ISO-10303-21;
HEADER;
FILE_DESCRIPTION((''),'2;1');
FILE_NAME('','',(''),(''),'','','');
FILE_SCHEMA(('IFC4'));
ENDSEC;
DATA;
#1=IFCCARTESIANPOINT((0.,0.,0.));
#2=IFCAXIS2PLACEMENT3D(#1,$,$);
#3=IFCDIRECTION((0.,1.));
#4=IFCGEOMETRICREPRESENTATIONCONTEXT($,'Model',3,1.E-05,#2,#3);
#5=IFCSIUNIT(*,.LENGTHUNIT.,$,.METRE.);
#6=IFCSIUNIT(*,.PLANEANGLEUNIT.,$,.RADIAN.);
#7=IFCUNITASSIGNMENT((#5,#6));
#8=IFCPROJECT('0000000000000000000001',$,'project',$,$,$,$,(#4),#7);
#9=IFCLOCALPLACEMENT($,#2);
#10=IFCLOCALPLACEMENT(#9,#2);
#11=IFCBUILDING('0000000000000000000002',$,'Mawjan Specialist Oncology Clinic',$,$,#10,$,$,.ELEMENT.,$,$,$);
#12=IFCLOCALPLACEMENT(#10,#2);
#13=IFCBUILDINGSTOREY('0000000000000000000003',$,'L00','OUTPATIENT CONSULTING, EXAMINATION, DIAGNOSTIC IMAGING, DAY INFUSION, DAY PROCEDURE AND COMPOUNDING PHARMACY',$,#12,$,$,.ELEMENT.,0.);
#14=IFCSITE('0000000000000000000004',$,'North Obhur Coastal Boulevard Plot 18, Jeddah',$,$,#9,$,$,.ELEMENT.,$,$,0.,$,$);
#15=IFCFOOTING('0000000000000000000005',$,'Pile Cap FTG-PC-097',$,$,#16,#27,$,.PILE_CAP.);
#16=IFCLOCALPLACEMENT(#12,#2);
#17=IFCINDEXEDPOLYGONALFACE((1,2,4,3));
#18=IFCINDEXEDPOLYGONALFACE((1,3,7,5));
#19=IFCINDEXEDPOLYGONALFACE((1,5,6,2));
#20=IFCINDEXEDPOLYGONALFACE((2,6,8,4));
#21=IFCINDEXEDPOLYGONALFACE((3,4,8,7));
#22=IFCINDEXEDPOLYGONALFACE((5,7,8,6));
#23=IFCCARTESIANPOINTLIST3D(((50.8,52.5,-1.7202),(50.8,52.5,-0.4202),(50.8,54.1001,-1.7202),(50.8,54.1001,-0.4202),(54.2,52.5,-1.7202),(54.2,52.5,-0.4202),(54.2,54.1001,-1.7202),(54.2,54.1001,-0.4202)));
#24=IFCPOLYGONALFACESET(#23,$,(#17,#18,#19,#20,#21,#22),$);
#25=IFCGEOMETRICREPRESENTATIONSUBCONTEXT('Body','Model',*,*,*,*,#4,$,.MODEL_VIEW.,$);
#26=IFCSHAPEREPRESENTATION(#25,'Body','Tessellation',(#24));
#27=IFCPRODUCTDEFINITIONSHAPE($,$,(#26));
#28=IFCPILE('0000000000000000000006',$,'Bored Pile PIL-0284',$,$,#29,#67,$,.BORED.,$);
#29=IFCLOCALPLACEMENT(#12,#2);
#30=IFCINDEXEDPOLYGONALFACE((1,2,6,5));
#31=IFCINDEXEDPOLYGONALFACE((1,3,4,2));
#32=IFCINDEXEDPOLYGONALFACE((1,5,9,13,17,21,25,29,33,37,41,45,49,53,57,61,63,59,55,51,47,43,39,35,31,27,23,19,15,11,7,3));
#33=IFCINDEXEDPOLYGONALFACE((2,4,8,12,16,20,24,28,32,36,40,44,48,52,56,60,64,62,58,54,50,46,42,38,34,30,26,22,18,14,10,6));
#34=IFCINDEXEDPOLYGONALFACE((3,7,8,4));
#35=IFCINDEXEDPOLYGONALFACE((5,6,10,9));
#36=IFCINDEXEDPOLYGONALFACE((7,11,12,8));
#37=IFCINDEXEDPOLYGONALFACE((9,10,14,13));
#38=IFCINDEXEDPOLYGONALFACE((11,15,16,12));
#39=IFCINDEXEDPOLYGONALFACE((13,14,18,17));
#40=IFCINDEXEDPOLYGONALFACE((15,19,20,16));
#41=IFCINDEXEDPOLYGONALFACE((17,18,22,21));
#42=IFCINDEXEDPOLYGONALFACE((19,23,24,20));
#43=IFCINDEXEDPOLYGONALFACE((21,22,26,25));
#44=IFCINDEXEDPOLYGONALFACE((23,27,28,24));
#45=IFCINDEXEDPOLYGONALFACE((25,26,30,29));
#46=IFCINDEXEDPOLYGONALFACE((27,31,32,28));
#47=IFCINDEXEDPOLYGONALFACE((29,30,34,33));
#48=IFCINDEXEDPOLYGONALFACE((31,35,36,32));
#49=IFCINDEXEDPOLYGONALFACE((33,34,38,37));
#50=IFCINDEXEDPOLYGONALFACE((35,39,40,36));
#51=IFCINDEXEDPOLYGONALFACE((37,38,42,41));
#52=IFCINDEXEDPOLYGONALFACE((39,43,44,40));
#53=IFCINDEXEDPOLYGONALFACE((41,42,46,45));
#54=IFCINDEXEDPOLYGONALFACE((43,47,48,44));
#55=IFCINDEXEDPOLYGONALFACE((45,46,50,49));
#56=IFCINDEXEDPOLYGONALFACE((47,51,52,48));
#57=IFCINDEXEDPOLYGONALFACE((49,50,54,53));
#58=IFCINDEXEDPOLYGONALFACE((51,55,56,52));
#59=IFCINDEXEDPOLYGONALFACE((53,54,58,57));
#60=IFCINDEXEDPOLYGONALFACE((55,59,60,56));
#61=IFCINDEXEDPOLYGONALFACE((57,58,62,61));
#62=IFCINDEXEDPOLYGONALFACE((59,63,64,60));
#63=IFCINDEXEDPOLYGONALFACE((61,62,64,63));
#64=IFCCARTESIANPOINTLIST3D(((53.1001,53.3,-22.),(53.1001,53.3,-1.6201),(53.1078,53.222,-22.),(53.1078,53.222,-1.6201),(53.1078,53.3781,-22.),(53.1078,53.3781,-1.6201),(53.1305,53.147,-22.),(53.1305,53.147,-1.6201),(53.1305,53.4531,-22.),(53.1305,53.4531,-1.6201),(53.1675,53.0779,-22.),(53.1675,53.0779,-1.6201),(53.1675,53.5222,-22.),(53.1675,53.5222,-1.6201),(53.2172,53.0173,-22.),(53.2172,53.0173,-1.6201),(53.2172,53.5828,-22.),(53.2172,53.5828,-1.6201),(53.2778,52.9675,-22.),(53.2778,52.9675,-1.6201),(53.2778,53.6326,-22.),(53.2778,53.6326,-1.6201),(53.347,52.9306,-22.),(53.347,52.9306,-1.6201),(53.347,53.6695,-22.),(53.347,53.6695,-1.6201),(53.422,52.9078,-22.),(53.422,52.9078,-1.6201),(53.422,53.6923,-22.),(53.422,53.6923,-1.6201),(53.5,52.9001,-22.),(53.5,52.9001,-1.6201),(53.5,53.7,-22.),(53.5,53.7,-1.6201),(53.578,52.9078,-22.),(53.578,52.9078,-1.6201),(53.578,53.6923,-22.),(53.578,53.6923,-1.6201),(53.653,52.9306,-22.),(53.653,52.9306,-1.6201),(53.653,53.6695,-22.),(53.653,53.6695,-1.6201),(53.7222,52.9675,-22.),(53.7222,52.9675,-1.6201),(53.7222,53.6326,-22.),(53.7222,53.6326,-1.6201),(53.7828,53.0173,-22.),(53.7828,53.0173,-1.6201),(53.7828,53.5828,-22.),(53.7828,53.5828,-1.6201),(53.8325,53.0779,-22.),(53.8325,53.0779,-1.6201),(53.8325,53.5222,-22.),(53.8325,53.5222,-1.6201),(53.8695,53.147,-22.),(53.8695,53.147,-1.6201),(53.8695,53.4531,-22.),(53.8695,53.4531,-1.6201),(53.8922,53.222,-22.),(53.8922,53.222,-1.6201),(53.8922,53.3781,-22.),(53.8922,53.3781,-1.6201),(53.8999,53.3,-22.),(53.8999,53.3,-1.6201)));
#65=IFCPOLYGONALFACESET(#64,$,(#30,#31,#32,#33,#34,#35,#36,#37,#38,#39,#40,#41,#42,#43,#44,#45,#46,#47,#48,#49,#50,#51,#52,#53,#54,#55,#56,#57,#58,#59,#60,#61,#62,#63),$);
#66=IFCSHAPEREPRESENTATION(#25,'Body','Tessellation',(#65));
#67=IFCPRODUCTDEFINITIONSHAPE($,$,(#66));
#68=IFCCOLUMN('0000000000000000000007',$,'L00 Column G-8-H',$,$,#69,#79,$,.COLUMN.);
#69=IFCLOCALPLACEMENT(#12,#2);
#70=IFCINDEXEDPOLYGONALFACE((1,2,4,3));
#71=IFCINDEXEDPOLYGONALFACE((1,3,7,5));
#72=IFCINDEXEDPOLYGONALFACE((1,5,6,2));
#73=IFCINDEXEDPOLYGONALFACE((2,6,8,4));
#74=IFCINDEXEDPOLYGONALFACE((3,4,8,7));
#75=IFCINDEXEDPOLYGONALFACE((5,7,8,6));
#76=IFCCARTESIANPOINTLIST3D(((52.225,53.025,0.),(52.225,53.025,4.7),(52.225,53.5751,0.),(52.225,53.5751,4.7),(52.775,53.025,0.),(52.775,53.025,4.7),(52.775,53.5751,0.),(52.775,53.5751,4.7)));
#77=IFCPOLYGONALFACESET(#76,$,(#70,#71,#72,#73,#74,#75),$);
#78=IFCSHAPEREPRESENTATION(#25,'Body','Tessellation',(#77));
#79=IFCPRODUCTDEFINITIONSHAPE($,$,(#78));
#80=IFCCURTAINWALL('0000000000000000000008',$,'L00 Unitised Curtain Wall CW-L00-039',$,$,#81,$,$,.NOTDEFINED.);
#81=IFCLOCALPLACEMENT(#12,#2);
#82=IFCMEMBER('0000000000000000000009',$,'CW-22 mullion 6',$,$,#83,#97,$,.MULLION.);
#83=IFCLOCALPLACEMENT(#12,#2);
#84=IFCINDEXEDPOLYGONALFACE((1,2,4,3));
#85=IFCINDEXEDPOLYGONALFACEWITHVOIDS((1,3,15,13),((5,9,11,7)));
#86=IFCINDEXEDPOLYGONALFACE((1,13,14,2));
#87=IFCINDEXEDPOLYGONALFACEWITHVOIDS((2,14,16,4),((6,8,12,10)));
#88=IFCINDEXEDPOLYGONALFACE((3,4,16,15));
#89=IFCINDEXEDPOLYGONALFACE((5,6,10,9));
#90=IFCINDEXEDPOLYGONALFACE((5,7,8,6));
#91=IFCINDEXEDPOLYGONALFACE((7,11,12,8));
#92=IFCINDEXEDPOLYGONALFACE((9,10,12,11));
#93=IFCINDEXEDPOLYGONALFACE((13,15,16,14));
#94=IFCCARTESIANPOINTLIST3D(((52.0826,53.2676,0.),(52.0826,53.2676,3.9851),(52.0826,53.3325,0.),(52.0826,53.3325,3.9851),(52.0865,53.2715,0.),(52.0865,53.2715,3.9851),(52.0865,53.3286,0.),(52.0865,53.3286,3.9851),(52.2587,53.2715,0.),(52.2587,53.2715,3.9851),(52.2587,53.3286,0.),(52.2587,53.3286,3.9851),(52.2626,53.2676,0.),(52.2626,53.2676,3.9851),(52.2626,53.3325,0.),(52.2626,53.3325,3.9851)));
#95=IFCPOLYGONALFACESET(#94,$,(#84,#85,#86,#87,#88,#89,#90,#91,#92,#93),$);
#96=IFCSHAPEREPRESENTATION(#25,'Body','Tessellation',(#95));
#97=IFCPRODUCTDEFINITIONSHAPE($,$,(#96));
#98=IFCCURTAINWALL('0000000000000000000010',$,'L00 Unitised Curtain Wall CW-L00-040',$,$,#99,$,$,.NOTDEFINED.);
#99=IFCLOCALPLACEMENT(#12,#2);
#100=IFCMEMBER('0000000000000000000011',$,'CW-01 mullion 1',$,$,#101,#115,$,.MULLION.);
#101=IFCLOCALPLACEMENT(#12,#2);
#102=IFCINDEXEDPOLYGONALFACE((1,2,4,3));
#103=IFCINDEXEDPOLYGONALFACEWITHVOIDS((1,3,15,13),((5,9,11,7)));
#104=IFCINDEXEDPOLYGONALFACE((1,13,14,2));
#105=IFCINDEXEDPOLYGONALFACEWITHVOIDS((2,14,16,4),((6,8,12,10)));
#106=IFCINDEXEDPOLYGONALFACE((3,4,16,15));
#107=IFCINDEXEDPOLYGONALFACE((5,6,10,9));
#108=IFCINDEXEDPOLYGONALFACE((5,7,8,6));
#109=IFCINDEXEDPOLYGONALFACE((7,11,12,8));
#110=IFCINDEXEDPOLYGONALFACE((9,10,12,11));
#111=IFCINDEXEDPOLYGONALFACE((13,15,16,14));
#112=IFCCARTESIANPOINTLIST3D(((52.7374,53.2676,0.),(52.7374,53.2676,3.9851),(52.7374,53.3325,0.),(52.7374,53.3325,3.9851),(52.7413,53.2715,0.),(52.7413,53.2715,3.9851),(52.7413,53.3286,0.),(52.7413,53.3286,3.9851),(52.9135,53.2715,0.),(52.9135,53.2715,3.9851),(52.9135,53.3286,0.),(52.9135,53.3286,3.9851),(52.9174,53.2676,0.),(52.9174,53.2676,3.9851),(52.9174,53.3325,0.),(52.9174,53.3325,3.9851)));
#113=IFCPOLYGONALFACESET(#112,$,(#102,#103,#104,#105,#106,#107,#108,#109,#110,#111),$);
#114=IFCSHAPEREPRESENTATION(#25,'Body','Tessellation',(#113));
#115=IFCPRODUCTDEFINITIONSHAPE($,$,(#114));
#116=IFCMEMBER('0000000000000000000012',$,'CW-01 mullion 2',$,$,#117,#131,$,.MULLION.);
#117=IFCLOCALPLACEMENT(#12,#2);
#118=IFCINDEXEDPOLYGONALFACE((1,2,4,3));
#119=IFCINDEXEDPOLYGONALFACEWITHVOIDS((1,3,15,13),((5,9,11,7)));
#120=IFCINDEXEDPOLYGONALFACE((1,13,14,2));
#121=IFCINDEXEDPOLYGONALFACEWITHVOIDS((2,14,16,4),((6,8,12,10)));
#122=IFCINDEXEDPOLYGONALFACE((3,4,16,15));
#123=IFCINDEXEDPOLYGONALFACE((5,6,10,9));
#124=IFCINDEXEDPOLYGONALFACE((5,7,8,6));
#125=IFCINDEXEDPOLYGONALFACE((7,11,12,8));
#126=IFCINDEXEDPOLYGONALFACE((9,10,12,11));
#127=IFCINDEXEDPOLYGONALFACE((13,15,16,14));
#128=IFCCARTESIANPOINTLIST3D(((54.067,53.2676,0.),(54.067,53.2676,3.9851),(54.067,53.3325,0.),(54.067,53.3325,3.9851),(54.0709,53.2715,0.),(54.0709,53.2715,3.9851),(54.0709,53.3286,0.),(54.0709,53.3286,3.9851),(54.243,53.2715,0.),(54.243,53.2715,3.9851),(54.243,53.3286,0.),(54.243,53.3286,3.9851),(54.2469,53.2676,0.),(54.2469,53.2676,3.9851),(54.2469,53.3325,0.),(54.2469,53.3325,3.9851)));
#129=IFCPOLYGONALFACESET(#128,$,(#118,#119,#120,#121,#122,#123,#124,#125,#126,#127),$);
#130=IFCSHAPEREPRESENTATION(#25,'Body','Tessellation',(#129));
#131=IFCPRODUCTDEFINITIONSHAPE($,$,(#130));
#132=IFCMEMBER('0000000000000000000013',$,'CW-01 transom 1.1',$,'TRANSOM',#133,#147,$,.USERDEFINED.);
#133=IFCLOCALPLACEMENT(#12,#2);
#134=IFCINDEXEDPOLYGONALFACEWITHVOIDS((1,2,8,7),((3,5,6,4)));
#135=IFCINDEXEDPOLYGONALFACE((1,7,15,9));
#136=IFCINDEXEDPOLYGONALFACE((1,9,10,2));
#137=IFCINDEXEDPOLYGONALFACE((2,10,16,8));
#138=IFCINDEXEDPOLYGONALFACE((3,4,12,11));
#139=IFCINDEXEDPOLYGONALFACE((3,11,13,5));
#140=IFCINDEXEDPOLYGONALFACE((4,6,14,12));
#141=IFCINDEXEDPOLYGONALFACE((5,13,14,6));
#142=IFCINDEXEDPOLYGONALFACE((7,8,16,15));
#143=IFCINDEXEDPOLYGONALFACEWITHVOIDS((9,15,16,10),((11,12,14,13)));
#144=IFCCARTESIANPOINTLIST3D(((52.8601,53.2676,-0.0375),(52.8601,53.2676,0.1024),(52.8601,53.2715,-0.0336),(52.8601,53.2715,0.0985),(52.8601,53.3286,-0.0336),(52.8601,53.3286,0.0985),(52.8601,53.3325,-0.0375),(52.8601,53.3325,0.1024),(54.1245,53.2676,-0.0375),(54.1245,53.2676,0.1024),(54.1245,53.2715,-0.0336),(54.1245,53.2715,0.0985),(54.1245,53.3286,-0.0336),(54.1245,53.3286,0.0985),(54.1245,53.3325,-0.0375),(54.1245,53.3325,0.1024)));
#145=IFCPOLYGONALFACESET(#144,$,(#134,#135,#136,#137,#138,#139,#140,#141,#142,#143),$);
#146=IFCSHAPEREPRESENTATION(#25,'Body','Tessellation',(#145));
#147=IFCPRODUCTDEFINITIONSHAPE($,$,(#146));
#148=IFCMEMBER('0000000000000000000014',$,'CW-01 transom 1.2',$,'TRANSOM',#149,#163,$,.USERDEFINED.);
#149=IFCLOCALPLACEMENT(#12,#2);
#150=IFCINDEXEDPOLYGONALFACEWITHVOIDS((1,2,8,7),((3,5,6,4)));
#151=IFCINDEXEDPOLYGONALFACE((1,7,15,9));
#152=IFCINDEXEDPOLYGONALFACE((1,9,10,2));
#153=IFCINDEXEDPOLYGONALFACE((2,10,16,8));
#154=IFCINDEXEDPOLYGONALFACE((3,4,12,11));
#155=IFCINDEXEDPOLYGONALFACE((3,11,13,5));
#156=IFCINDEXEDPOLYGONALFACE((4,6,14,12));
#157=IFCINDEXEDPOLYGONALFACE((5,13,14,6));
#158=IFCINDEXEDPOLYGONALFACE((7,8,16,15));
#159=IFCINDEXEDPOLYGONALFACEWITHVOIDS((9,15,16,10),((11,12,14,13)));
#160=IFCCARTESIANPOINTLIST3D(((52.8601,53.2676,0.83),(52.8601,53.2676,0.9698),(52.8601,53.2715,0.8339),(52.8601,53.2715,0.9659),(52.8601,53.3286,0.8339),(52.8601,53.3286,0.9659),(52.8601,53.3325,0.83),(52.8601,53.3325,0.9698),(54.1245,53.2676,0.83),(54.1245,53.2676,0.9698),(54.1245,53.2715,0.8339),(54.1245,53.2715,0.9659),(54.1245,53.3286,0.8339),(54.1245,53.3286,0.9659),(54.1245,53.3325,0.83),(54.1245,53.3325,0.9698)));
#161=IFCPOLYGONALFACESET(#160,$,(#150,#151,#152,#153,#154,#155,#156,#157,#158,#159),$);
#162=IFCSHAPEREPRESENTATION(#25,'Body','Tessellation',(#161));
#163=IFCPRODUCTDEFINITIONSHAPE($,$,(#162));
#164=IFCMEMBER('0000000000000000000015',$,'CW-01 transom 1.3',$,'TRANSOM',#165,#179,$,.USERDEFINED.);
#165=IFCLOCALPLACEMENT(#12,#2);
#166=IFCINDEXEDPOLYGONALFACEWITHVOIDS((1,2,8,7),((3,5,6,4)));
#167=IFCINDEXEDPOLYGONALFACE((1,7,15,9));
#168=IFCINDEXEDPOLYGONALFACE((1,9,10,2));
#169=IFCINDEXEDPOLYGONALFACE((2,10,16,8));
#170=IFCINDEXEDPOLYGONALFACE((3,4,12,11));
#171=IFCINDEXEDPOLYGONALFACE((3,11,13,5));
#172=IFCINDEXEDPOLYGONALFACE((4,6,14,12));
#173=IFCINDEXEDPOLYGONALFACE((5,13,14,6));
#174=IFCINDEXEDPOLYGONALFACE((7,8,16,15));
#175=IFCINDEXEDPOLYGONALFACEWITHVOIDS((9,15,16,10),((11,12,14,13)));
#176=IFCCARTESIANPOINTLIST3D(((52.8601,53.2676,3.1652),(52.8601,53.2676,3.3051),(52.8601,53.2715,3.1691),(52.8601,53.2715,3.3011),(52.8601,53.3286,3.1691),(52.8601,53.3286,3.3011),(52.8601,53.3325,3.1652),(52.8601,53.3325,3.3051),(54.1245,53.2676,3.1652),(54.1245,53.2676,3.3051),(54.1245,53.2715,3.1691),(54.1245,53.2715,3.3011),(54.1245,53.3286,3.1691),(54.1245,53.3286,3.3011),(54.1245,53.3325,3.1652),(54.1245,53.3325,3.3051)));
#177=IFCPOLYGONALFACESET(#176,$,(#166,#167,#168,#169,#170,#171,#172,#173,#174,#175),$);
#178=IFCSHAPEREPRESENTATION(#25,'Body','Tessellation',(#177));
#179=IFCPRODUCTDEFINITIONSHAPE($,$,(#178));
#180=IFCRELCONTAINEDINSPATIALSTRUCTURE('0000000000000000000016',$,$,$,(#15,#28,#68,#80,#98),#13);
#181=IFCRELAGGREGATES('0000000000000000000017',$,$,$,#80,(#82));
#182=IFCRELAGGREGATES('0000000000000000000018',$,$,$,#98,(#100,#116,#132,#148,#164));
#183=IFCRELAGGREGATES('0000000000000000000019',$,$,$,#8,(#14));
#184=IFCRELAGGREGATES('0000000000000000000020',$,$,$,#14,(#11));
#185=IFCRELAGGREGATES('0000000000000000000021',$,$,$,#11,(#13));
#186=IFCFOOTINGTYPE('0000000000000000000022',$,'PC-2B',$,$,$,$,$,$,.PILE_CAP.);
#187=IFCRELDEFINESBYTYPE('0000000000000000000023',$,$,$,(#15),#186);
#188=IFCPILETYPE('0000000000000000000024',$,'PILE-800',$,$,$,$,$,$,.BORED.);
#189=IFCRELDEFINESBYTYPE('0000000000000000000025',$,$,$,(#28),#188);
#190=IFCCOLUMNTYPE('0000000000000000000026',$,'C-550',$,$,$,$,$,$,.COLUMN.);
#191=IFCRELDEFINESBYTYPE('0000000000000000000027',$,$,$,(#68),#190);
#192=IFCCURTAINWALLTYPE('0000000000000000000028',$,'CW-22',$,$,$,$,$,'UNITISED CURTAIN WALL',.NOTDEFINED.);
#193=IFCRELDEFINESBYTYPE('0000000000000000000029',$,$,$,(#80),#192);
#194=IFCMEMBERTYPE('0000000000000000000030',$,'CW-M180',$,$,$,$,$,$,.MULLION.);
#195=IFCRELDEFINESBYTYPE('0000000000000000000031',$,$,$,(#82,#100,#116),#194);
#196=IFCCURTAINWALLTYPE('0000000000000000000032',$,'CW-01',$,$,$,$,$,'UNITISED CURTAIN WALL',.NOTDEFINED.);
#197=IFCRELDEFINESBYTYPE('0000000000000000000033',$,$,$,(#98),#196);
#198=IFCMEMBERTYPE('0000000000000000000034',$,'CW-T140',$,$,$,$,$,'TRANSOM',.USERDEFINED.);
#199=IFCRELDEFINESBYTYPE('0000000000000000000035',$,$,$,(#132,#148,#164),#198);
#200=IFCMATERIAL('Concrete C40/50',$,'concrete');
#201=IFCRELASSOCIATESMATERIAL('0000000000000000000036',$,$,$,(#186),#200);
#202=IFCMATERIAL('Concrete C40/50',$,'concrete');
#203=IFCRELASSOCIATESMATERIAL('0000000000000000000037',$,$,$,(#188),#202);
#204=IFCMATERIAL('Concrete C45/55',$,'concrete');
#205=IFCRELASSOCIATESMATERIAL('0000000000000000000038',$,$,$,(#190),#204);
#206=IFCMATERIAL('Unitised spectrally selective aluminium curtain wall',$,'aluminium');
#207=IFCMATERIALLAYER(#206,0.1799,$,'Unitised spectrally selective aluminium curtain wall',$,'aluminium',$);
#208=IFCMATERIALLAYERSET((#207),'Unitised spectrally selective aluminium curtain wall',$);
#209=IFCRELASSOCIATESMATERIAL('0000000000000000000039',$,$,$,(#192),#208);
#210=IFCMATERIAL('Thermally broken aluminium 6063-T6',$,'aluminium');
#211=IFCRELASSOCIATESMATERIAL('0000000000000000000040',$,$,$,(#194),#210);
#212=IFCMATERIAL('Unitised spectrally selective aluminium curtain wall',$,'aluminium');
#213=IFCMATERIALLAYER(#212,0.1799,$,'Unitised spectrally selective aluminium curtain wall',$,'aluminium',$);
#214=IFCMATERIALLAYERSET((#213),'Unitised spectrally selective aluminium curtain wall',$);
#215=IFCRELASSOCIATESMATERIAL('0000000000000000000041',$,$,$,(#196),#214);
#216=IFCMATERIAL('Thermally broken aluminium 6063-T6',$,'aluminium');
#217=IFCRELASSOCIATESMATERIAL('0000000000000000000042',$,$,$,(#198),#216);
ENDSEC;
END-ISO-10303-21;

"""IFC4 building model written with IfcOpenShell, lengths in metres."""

from ifc_helpers import new_model, si_unit, direction, frame, origin, origin_2d, place, context, subcontext, project, spatial, rectangle, hollow_rectangle, circle, extrude, material, layer, layer_set, material_profile, profile_set, type_object, element, aggregate, save


model = new_model("IFC4")

# Units and contexts
model_context = context("Model", 3, precision=1e-05, world=origin(), true_north=direction((0.0, 1.0)))
body_context = subcontext(model_context, "Body", "Model", "MODEL_VIEW")
ifc_project = project(units=[si_unit("LENGTHUNIT", "METRE"), si_unit("PLANEANGLEUNIT", "RADIAN")], contexts=[model_context])

# Site, building, storey
site_placement = place(None, origin())
site = spatial("IfcSite", under=ifc_project, at=site_placement, Name="North Obhur Coastal Boulevard Plot 18, Jeddah", CompositionType="ELEMENT", RefElevation=0.0)
building_placement = place(site_placement, origin())
building = spatial("IfcBuilding", under=site, at=building_placement, Name="Mawjan Specialist Oncology Clinic", CompositionType="ELEMENT")
storey_placement = place(building_placement, origin())
storey = spatial("IfcBuildingStorey", under=building, at=storey_placement, Name="L00", Description="OUTPATIENT CONSULTING, EXAMINATION, DIAGNOSTIC IMAGING, DAY INFUSION, DAY PROCEDURE AND COMPOUNDING PHARMACY", CompositionType="ELEMENT", Elevation=0.0)

# Footing
ifc_material_1 = material(Name="Concrete C40/50", Category="concrete")
footing_type = type_object("IfcFootingType", Name="PC-2B", PredefinedType="PILE_CAP", material=ifc_material_1)
footing_placement = place(storey_placement, frame((52.5, 53.3, -1.7202), z_axis=(0.0, 0.0, 1.0), x_axis=(1.0, 0.0, 0.0)))
element("IfcFooting", 1, at=footing_placement, inside=storey, type_object=footing_type, Name="Pile Cap FTG-PC-097", PredefinedType="PILE_CAP", context=body_context, shape_type="SweptSolid", body=[
    extrude(rectangle(XDim=3.3999, YDim=1.6001, at=origin_2d()), origin(), (0.0, 0.0, 1.0), 1.3),
])

# Pile
ifc_material_2 = material(Name="Concrete C40/50", Category="concrete")
ifc_material_profile_1 = material_profile(ifc_material_2, circle(Radius=0.3999, at=origin_2d()), Name="BORED PILE D800", Category="concrete")
ifc_profile_set_1 = profile_set([ifc_material_profile_1], Name="Concrete C40/50")
pile_type = type_object("IfcPileType", Name="PILE-800", PredefinedType="BORED", material=ifc_profile_set_1)
pile_placement = place(storey_placement, frame((53.5, 53.3, -1.6201), z_axis=(0.0, 0.0, -1.0), x_axis=(1.0, 0.0, 0.0)))
element("IfcPile", 2, at=pile_placement, inside=storey, type_object=pile_type, Name="Bored Pile PIL-0284", PredefinedType="BORED", context=body_context, shape_type="SweptSolid", body=[
    extrude(circle(Radius=0.3999, at=origin_2d()), origin(), (0.0, 0.0, 1.0), 20.3799),
])

# Column
ifc_material_3 = material(Name="Concrete C45/55", Category="concrete")
ifc_material_profile_2 = material_profile(ifc_material_3, rectangle(XDim=0.55, YDim=0.55, at=origin_2d()), Name="RC COL 550x550", Category="concrete")
ifc_profile_set_2 = profile_set([ifc_material_profile_2], Name="Concrete C45/55")
column_type = type_object("IfcColumnType", Name="C-550", PredefinedType="COLUMN", material=ifc_profile_set_2)
column_placement = place(storey_placement, frame((52.5, 53.3, 0.0), z_axis=(0.0, 0.0, 1.0), x_axis=(1.0, 0.0, 0.0)))
element("IfcColumn", 3, at=column_placement, inside=storey, type_object=column_type, Name="L00 Column G-8-H", PredefinedType="COLUMN", context=body_context, shape_type="SweptSolid", body=[
    extrude(rectangle(XDim=0.55, YDim=0.55, at=origin_2d()), origin(), (0.0, 0.0, 1.0), 4.7),
])

# Curtain wall, member
ifc_material_4 = material(Name="Unitised spectrally selective aluminium curtain wall", Category="aluminium")
ifc_layer_1 = layer(ifc_material_4, 0.1799, Name="Unitised spectrally selective aluminium curtain wall", Category="aluminium")
ifc_layer_set_1 = layer_set([ifc_layer_1], Name="Unitised spectrally selective aluminium curtain wall")
curtain_wall_type_1 = type_object("IfcCurtainWallType", Name="CW-22", ElementType="UNITISED CURTAIN WALL", PredefinedType="NOTDEFINED", material=ifc_layer_set_1)
curtain_wall_1_placement = place(storey_placement, origin())
curtain_wall_1 = element("IfcCurtainWall", 4, at=curtain_wall_1_placement, inside=storey, type_object=curtain_wall_type_1, Name="L00 Unitised Curtain Wall CW-L00-039", PredefinedType="NOTDEFINED")
ifc_material_5 = material(Name="Thermally broken aluminium 6063-T6", Category="aluminium")
ifc_material_profile_3 = material_profile(ifc_material_5, hollow_rectangle(XDim=0.0649, YDim=0.1799, WallThickness=0.0039, at=origin_2d()), Name="ALU MULLION 180x65x4", Category="aluminium")
ifc_profile_set_3 = profile_set([ifc_material_profile_3], Name="Thermally broken aluminium 6063-T6")
member_type_1 = type_object("IfcMemberType", Name="CW-M180", PredefinedType="MULLION", material=ifc_profile_set_3)
member_1_placement = place(storey_placement, frame((52.1726, 53.3, 0.0), z_axis=(0.0, 0.0, 1.0), x_axis=(0.0, 1.0, 0.0)))
member_1 = element("IfcMember", 5, at=member_1_placement, type_object=member_type_1, Name="CW-22 mullion 6", PredefinedType="MULLION", context=body_context, shape_type="SweptSolid", body=[
    extrude(hollow_rectangle(XDim=0.0649, YDim=0.1799, WallThickness=0.0039, at=origin_2d()), origin(), (0.0, 0.0, 1.0), 3.9851),
])

# Curtain wall, members
ifc_material_6 = material(Name="Unitised spectrally selective aluminium curtain wall", Category="aluminium")
ifc_layer_2 = layer(ifc_material_6, 0.1799, Name="Unitised spectrally selective aluminium curtain wall", Category="aluminium")
ifc_layer_set_2 = layer_set([ifc_layer_2], Name="Unitised spectrally selective aluminium curtain wall")
curtain_wall_type_2 = type_object("IfcCurtainWallType", Name="CW-01", ElementType="UNITISED CURTAIN WALL", PredefinedType="NOTDEFINED", material=ifc_layer_set_2)
curtain_wall_2_placement = place(storey_placement, origin())
curtain_wall_2 = element("IfcCurtainWall", 6, at=curtain_wall_2_placement, inside=storey, type_object=curtain_wall_type_2, Name="L00 Unitised Curtain Wall CW-L00-040", PredefinedType="NOTDEFINED")
member_2_placement = place(storey_placement, frame((52.8274, 53.3, 0.0), z_axis=(0.0, 0.0, 1.0), x_axis=(0.0, 1.0, 0.0)))
member_2 = element("IfcMember", 7, at=member_2_placement, type_object=member_type_1, Name="CW-01 mullion 1", PredefinedType="MULLION", context=body_context, shape_type="SweptSolid", body=[
    extrude(hollow_rectangle(XDim=0.0649, YDim=0.1799, WallThickness=0.0039, at=origin_2d()), origin(), (0.0, 0.0, 1.0), 3.9851),
])
member_3_placement = place(storey_placement, frame((54.157, 53.3, 0.0), z_axis=(0.0, 0.0, 1.0), x_axis=(0.0, 1.0, 0.0)))
member_3 = element("IfcMember", 8, at=member_3_placement, type_object=member_type_1, Name="CW-01 mullion 2", PredefinedType="MULLION", context=body_context, shape_type="SweptSolid", body=[
    extrude(hollow_rectangle(XDim=0.0649, YDim=0.1799, WallThickness=0.0039, at=origin_2d()), origin(), (0.0, 0.0, 1.0), 3.9851),
])
ifc_material_7 = material(Name="Thermally broken aluminium 6063-T6", Category="aluminium")
ifc_material_profile_4 = material_profile(ifc_material_7, hollow_rectangle(XDim=0.0649, YDim=0.1399, WallThickness=0.0039, at=origin_2d()), Name="ALU TRANSOM 140x65x4", Category="aluminium")
ifc_profile_set_4 = profile_set([ifc_material_profile_4], Name="Thermally broken aluminium 6063-T6")
member_type_2 = type_object("IfcMemberType", Name="CW-T140", ElementType="TRANSOM", PredefinedType="USERDEFINED", material=ifc_profile_set_4)
member_4_placement = place(storey_placement, frame((52.8601, 53.3, 0.0325), z_axis=(1.0, 0.0, 0.0), x_axis=(0.0, 1.0, 0.0)))
member_4 = element("IfcMember", 9, at=member_4_placement, type_object=member_type_2, Name="CW-01 transom 1.1", ObjectType="TRANSOM", PredefinedType="USERDEFINED", context=body_context, shape_type="SweptSolid", body=[
    extrude(hollow_rectangle(XDim=0.0649, YDim=0.1399, WallThickness=0.0039, at=origin_2d()), origin(), (0.0, 0.0, 1.0), 1.2644),
])
member_5_placement = place(storey_placement, frame((52.8601, 53.3, 0.8999), z_axis=(1.0, 0.0, 0.0), x_axis=(0.0, 1.0, 0.0)))
member_5 = element("IfcMember", 10, at=member_5_placement, type_object=member_type_2, Name="CW-01 transom 1.2", ObjectType="TRANSOM", PredefinedType="USERDEFINED", context=body_context, shape_type="SweptSolid", body=[
    extrude(hollow_rectangle(XDim=0.0649, YDim=0.1399, WallThickness=0.0039, at=origin_2d()), origin(), (0.0, 0.0, 1.0), 1.2644),
])
member_6_placement = place(storey_placement, frame((52.8601, 53.3, 3.2351), z_axis=(1.0, 0.0, 0.0), x_axis=(0.0, 1.0, 0.0)))
member_6 = element("IfcMember", 11, at=member_6_placement, type_object=member_type_2, Name="CW-01 transom 1.3", ObjectType="TRANSOM", PredefinedType="USERDEFINED", context=body_context, shape_type="SweptSolid", body=[
    extrude(hollow_rectangle(XDim=0.0649, YDim=0.1399, WallThickness=0.0039, at=origin_2d()), origin(), (0.0, 0.0, 1.0), 1.2644),
])

aggregate(curtain_wall_1, [member_1])
aggregate(curtain_wall_2, [member_2, member_3, member_4, member_5, member_6])

save(model, "model.ifc")
